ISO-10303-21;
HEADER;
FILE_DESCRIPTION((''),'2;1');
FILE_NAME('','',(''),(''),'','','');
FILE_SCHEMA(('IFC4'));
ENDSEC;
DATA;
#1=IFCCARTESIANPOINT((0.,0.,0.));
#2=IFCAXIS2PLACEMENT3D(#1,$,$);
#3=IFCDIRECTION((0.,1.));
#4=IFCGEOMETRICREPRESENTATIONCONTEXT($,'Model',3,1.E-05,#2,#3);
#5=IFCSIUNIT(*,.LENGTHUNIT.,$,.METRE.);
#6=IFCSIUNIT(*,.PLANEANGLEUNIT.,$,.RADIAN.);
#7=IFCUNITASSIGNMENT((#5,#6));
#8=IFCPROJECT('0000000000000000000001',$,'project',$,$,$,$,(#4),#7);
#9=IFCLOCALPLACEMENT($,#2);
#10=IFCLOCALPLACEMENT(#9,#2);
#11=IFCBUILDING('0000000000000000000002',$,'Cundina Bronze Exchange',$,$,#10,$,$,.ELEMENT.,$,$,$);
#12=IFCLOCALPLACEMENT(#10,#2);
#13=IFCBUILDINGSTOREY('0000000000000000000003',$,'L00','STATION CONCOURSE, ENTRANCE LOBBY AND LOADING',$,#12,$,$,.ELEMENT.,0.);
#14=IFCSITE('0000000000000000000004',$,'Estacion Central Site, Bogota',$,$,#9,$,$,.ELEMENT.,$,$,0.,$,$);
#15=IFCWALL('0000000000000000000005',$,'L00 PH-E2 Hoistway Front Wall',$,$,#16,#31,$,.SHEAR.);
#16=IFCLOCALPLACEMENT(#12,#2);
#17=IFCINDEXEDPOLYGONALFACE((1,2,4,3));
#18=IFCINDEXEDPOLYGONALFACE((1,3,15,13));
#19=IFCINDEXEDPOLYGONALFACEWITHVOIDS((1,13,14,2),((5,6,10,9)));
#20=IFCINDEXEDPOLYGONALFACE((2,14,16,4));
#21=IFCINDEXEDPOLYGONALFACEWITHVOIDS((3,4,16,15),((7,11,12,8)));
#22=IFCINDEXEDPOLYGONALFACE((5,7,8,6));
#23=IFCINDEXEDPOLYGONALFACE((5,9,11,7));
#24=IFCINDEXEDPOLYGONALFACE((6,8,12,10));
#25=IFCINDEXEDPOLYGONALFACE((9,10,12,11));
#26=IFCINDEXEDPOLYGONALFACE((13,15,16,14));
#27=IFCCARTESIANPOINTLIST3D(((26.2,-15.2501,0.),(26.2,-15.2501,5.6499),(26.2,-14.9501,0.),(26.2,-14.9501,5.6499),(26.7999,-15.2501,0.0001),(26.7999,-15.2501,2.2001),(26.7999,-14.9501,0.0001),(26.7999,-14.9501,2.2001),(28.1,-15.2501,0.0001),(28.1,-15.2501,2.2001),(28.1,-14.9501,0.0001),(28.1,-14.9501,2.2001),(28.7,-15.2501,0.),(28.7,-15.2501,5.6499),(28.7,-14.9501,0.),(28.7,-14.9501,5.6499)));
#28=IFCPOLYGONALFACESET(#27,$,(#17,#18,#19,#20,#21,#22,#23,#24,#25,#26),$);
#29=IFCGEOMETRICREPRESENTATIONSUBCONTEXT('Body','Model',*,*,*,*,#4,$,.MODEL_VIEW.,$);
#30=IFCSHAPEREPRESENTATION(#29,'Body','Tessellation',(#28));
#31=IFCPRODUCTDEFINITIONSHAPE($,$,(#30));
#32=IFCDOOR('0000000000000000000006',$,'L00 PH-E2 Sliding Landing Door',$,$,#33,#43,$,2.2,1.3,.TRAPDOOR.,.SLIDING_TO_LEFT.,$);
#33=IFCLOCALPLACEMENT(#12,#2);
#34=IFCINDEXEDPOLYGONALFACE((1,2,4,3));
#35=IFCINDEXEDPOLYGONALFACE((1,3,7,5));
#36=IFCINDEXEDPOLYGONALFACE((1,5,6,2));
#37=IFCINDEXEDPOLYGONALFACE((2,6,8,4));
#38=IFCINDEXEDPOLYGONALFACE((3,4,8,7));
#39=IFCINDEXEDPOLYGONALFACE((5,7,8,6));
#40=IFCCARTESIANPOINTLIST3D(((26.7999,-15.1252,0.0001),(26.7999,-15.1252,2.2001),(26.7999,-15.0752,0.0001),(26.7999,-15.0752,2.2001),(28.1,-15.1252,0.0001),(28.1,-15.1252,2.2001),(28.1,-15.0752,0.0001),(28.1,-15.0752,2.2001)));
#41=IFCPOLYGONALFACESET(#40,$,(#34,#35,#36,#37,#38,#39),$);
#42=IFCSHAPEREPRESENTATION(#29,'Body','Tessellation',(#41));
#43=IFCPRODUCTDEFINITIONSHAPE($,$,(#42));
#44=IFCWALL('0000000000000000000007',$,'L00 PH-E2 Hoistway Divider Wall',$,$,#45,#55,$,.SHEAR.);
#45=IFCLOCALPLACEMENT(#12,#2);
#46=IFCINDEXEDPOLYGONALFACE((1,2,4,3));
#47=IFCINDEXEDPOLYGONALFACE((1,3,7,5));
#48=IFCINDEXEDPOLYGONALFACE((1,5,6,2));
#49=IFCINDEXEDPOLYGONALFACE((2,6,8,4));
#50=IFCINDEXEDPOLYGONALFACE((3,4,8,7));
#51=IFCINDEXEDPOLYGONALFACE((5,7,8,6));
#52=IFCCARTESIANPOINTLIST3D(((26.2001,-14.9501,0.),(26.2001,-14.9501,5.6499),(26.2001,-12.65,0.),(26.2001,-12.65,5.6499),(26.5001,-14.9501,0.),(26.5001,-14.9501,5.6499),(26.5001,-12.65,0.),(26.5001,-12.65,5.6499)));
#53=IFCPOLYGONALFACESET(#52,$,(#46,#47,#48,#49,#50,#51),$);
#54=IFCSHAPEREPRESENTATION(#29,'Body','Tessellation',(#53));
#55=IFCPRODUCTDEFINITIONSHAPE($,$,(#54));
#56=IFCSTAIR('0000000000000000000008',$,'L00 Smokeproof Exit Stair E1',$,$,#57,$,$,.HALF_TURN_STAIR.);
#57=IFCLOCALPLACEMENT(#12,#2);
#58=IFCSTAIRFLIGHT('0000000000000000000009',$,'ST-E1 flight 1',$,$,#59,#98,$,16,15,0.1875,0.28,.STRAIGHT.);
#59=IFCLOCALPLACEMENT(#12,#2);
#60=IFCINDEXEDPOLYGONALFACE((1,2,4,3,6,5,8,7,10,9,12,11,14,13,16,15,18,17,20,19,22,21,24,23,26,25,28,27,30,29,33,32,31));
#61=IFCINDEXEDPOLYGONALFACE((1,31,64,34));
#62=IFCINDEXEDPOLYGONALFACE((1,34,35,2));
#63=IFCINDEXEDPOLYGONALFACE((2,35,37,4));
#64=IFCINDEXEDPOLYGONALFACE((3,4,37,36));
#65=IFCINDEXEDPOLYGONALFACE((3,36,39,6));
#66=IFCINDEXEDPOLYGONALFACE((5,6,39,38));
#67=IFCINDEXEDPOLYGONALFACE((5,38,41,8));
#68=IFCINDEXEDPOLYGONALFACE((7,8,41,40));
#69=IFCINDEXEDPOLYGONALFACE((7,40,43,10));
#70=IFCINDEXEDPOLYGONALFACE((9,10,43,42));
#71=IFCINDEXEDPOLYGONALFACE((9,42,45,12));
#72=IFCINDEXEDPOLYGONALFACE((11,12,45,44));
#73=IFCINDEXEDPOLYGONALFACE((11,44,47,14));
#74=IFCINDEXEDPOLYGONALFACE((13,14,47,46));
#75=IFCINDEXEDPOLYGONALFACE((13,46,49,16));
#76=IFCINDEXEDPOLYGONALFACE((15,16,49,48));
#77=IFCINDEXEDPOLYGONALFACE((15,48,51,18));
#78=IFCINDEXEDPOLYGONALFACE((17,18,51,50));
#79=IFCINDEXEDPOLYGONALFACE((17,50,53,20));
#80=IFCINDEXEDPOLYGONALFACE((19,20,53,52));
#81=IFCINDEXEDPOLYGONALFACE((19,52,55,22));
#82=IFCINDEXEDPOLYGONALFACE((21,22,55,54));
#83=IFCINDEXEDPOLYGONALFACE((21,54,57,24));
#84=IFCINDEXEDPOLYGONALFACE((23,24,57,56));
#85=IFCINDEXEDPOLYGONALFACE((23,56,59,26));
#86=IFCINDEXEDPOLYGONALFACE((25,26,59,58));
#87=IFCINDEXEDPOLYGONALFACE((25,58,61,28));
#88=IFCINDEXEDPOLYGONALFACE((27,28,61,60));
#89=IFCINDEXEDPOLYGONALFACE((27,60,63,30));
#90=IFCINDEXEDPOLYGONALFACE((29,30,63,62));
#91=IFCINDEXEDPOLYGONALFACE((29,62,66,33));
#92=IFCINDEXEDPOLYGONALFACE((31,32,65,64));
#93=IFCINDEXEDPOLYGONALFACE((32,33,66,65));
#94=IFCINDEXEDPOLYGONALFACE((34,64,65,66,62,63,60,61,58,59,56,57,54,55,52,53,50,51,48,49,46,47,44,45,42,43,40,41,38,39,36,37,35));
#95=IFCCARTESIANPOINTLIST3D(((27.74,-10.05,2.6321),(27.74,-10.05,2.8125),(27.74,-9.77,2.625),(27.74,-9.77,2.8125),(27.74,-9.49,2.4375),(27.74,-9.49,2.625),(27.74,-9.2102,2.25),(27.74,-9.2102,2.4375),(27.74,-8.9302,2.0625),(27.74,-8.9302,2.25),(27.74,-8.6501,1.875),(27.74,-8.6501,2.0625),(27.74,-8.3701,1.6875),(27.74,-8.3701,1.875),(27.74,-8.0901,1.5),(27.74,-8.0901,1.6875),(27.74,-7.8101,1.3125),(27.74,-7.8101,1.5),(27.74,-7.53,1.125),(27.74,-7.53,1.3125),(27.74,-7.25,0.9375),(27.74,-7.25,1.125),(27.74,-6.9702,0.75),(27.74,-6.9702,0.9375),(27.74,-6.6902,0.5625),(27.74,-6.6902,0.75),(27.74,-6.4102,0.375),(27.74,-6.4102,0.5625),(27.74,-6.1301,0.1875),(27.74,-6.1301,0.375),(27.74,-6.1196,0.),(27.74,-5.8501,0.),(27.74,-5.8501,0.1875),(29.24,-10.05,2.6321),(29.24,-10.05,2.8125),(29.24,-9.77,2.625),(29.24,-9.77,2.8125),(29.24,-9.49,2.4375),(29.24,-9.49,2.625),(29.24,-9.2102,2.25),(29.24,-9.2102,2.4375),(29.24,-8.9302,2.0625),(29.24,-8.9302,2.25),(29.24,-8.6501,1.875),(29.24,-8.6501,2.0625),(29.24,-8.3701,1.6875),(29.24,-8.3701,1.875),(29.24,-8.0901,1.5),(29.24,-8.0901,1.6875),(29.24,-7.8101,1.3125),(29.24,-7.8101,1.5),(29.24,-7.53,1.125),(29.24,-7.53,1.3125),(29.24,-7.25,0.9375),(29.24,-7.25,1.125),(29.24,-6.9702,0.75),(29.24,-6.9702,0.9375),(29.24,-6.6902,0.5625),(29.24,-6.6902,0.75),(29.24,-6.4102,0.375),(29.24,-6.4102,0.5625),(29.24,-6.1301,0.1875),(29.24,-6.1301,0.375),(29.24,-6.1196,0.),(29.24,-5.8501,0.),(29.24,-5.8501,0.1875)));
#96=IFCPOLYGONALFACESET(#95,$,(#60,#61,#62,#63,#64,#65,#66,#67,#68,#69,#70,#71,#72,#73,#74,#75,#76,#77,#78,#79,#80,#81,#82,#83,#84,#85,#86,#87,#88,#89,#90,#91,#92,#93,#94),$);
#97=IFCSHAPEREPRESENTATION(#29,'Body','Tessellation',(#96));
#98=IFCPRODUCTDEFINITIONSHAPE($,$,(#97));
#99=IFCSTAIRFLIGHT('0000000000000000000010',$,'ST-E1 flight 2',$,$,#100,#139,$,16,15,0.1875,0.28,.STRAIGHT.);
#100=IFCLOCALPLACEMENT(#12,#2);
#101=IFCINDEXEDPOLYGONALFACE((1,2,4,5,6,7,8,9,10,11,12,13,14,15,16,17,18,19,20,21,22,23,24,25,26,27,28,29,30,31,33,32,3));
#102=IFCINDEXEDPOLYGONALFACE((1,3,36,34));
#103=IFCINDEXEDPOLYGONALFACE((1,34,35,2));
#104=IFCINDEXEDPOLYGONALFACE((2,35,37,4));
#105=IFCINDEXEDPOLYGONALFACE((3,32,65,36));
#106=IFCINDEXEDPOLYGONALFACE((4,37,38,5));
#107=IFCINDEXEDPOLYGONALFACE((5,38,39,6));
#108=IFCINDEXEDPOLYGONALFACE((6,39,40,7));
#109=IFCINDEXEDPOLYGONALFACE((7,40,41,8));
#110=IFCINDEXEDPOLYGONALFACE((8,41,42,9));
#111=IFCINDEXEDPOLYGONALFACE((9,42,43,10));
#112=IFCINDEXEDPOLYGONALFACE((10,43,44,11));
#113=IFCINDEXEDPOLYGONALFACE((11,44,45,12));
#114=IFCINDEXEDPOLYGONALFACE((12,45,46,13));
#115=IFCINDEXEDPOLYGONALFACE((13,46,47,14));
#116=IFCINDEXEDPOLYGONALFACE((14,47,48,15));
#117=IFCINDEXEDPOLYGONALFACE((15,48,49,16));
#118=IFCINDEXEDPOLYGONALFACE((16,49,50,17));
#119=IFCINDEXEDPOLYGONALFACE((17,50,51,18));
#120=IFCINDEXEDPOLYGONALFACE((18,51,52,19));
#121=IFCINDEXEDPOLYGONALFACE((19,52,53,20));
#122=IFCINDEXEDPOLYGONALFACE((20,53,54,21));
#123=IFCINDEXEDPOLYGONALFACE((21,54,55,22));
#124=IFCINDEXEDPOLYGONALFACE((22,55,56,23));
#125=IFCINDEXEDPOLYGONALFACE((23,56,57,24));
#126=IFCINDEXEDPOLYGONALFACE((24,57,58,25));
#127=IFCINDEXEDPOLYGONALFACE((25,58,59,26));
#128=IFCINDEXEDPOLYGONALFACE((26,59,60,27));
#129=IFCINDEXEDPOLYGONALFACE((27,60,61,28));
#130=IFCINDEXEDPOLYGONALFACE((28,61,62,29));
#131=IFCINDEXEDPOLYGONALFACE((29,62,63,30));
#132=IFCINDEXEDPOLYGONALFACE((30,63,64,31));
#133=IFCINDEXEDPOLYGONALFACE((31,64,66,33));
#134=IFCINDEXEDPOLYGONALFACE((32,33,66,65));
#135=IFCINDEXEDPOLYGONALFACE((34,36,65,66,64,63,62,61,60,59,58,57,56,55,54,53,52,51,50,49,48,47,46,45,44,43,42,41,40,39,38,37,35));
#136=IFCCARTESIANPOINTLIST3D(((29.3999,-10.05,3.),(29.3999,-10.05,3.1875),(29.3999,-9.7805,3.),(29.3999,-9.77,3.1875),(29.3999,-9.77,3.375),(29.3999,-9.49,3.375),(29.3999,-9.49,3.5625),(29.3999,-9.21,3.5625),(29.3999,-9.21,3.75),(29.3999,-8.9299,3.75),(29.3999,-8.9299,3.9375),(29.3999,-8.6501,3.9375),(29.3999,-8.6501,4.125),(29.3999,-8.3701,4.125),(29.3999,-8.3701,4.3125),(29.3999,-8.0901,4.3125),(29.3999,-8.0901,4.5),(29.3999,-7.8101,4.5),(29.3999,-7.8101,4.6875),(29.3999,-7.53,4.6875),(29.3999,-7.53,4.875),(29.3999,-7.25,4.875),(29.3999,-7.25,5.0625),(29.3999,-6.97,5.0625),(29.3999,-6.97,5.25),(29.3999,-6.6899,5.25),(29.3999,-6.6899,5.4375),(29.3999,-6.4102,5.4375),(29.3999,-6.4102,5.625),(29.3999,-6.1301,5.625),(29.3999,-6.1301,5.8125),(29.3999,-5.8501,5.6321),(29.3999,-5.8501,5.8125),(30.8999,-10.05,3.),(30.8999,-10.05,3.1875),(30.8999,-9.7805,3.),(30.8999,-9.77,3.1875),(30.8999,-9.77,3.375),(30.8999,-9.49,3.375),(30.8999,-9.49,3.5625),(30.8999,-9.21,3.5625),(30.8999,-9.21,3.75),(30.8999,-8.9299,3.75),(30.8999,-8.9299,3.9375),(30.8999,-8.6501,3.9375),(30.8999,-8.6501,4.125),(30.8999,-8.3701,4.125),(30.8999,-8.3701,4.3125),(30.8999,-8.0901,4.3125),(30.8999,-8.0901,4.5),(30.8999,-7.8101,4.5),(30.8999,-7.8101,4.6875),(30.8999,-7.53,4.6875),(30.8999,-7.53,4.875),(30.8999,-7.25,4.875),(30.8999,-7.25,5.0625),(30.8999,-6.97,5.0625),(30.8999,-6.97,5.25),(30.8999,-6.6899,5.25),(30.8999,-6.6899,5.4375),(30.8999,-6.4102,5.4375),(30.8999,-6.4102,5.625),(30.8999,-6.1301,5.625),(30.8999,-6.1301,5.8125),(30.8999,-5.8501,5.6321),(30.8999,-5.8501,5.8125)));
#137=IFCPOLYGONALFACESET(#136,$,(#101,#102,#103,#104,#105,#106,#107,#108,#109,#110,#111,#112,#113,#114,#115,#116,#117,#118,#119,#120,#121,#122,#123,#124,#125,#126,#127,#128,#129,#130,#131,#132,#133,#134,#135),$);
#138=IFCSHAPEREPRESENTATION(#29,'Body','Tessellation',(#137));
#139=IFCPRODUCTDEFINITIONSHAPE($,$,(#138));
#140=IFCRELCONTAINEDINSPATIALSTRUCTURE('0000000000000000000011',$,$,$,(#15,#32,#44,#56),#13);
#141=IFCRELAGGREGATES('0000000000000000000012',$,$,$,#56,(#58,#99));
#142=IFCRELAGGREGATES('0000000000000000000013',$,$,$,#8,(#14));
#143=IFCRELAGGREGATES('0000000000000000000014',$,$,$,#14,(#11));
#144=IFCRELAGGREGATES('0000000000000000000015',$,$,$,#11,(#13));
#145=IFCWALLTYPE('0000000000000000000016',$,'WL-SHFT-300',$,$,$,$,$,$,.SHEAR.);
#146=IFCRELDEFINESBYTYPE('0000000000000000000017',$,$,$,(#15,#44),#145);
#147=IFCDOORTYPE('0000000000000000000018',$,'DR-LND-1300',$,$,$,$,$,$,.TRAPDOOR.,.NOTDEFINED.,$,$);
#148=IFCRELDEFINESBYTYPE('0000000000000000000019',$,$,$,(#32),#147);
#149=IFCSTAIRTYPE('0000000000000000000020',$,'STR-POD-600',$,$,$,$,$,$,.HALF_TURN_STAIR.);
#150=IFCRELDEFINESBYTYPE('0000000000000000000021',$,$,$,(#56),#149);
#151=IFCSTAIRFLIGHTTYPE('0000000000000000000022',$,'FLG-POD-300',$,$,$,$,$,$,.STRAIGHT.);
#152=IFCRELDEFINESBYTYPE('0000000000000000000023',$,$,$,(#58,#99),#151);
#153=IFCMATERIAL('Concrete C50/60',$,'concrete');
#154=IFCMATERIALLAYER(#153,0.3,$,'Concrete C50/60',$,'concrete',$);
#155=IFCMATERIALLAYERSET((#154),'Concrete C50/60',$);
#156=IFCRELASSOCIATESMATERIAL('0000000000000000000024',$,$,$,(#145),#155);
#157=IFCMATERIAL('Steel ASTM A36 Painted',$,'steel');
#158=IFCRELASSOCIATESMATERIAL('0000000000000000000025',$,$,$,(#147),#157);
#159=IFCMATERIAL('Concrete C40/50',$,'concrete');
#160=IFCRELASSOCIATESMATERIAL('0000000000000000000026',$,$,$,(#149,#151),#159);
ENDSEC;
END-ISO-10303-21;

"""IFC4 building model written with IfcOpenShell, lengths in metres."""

from ifc_helpers import new_model, si_unit, direction, frame, frame_2d, origin, place, context, subcontext, project, spatial, polyline, rectangle, outline, extrude, material, layer, layer_set, type_object, element, fill, aggregate, save


model = new_model("IFC4")

# Units and contexts
model_context = context("Model", 3, precision=1e-05, world=origin(), true_north=direction((0.0, 1.0)))
body_context = subcontext(model_context, "Body", "Model", "MODEL_VIEW")
ifc_project = project(units=[si_unit("LENGTHUNIT", "METRE"), si_unit("PLANEANGLEUNIT", "RADIAN")], contexts=[model_context])

# Site, building, storey
site_placement = place(None, origin())
site = spatial("IfcSite", under=ifc_project, at=site_placement, Name="Estacion Central Site, Bogota", CompositionType="ELEMENT", RefElevation=0.0)
building_placement = place(site_placement, origin())
building = spatial("IfcBuilding", under=site, at=building_placement, Name="Cundina Bronze Exchange", CompositionType="ELEMENT")
storey_placement = place(building_placement, origin())
storey = spatial("IfcBuildingStorey", under=building, at=storey_placement, Name="L00", Description="STATION CONCOURSE, ENTRANCE LOBBY AND LOADING", CompositionType="ELEMENT", Elevation=0.0)

# Shared definitions
ifc_material_1 = material(Name="Steel ASTM A36 Painted", Category="steel")

# Shared definitions
ifc_material_2 = material(Name="Concrete C40/50", Category="concrete")

# Shared definitions
ifc_material_3 = material(Name="Concrete C50/60", Category="concrete")
ifc_layer_1 = layer(ifc_material_3, 0.3, Name="Concrete C50/60", Category="concrete")
ifc_layer_set_1 = layer_set([ifc_layer_1], Name="Concrete C50/60")
wall_type_1 = type_object("IfcWallType", Name="WL-SHFT-300", PredefinedType="SHEAR", material=ifc_layer_set_1)

# Shared definitions
door_type_1 = type_object("IfcDoorType", Name="DR-LND-1300", OperationType="NOTDEFINED", PredefinedType="TRAPDOOR", material=ifc_material_1)

# Wall, opening, door
wall_1_placement = place(storey_placement, frame((26.2, -15.1001, 0.0), z_axis=(0.0, 0.0, 1.0), x_axis=(1.0, 0.0, 0.0)))
wall_1 = element("IfcWall", 1, at=wall_1_placement, inside=storey, type_object=wall_type_1, Name="L00 PH-E2 Hoistway Front Wall", PredefinedType="SHEAR", context=body_context, shape_type="SweptSolid", body=[
    extrude(rectangle(XDim=2.5, YDim=0.3, at=frame_2d((1.25, 0.0))), origin(), (0.0, 0.0, 1.0), 5.6499),
])
opening_1_placement = place(wall_1_placement, frame((0.6001, 0.0, 0.0)))
opening_1 = element("IfcOpeningElement", 2, at=opening_1_placement, cuts=wall_1, PredefinedType="OPENING", context=body_context, shape_type="SweptSolid", body=[
    extrude(rectangle(XDim=1.3, YDim=2.2, at=frame_2d((0.6499, 1.1001))), frame((0.0, 0.1599, 0.0), z_axis=(0.0, -1.0, 0.0), x_axis=(1.0, 0.0, 0.0)), (0.0, 0.0, 1.0), 0.3201),
])
door_1_placement = place(opening_1_placement, origin())
door_1 = element("IfcDoor", 3, at=door_1_placement, inside=storey, type_object=door_type_1, Name="L00 PH-E2 Sliding Landing Door", OperationType="SLIDING_TO_LEFT", OverallHeight=2.2, OverallWidth=1.3, PredefinedType="TRAPDOOR", context=body_context, shape_type="SweptSolid", body=[
    extrude(rectangle(XDim=1.3, YDim=2.2, at=frame_2d((0.6499, 1.1001))), frame((0.0, 0.0249, 0.0), z_axis=(0.0, -1.0, 0.0), x_axis=(1.0, 0.0, 0.0)), (0.0, 0.0, 1.0), 0.05),
])
fill(opening_1, door_1)

# Wall
wall_2_placement = place(storey_placement, frame((26.3501, -14.95, 0.0), z_axis=(0.0, 0.0, 1.0), x_axis=(0.0, 1.0, 0.0)))
element("IfcWall", 4, at=wall_2_placement, inside=storey, type_object=wall_type_1, Name="L00 PH-E2 Hoistway Divider Wall", PredefinedType="SHEAR", context=body_context, shape_type="SweptSolid", body=[
    extrude(rectangle(XDim=2.3, YDim=0.3, at=frame_2d((1.1499, 0.0))), origin(), (0.0, 0.0, 1.0), 5.6499),
])

# Stair, stair flights
stair_type = type_object("IfcStairType", Name="STR-POD-600", PredefinedType="HALF_TURN_STAIR", material=ifc_material_2)
stair_1_placement = place(storey_placement, origin())
stair_1 = element("IfcStair", 5, at=stair_1_placement, inside=storey, type_object=stair_type, Name="L00 Smokeproof Exit Stair E1", PredefinedType="HALF_TURN_STAIR")
stair_flight_type = type_object("IfcStairFlightType", Name="FLG-POD-300", PredefinedType="STRAIGHT", material=ifc_material_2)
stair_flight_1_placement = place(storey_placement, frame((28.49, -5.8501, 0.0), z_axis=(0.0, 0.0, 1.0), x_axis=(0.0, -1.0, 0.0)))
stair_flight_1 = element("IfcStairFlight", 6, at=stair_flight_1_placement, type_object=stair_flight_type, Name="ST-E1 flight 1", NumberOfRisers=16, NumberOfTreads=15, PredefinedType="STRAIGHT", RiserHeight=0.1875, TreadLength=0.28, context=body_context, shape_type="SweptSolid", body=[
    extrude(outline(polyline([(0.0, 0.0), (0.0, 0.1875), (0.28, 0.1875), (0.28, 0.375), (0.5601, 0.375), (0.5601, 0.5625), (0.8401, 0.5625), (0.8401, 0.75), (1.1201, 0.75), (1.1201, 0.9375), (1.3999, 0.9375), (1.3999, 1.125), (1.6799, 1.125), (1.6799, 1.3125), (1.96, 1.3125), (1.96, 1.5), (2.24, 1.5), (2.24, 1.6875), (2.52, 1.6875), (2.52, 1.875), (2.8, 1.875), (2.8, 2.0625), (3.0801, 2.0625), (3.0801, 2.25), (3.3601, 2.25), (3.3601, 2.4375), (3.6399, 2.4375), (3.6399, 2.625), (3.9199, 2.625), (3.9199, 2.8125), (4.2, 2.8125), (4.2, 3.0), (4.2, 2.6321), (0.2695, 0.0), (0.0, 0.0)])), frame((0.0, 0.75, 0.0), z_axis=(0.0, -1.0, 0.0), x_axis=(1.0, 0.0, 0.0)), (0.0, 0.0, 1.0), 1.5),
])
stair_flight_2_placement = place(storey_placement, frame((30.1499, -10.05, 3.0), z_axis=(0.0, 0.0, 1.0), x_axis=(0.0, 1.0, 0.0)))
stair_flight_2 = element("IfcStairFlight", 7, at=stair_flight_2_placement, type_object=stair_flight_type, Name="ST-E1 flight 2", NumberOfRisers=16, NumberOfTreads=15, PredefinedType="STRAIGHT", RiserHeight=0.1875, TreadLength=0.28, context=body_context, shape_type="SweptSolid", body=[
    extrude(outline(polyline([(0.0, 0.0), (0.0, 0.1875), (0.28, 0.1875), (0.28, 0.375), (0.5601, 0.375), (0.5601, 0.5625), (0.8401, 0.5625), (0.8401, 0.75), (1.1201, 0.75), (1.1201, 0.9375), (1.3999, 0.9375), (1.3999, 1.125), (1.6799, 1.125), (1.6799, 1.3125), (1.96, 1.3125), (1.96, 1.5), (2.24, 1.5), (2.24, 1.6875), (2.52, 1.6875), (2.52, 1.875), (2.8, 1.875), (2.8, 2.0625), (3.0801, 2.0625), (3.0801, 2.25), (3.3601, 2.25), (3.3601, 2.4375), (3.6399, 2.4375), (3.6399, 2.625), (3.9199, 2.625), (3.9199, 2.8125), (4.2, 2.8125), (4.2, 3.0), (4.2, 2.6321), (0.2695, 0.0), (0.0, 0.0)])), frame((0.0, 0.75, 0.0), z_axis=(0.0, -1.0, 0.0), x_axis=(1.0, 0.0, 0.0)), (0.0, 0.0, 1.0), 1.5),
])
aggregate(stair_1, [stair_flight_1, stair_flight_2])

save(model, "model.ifc")
